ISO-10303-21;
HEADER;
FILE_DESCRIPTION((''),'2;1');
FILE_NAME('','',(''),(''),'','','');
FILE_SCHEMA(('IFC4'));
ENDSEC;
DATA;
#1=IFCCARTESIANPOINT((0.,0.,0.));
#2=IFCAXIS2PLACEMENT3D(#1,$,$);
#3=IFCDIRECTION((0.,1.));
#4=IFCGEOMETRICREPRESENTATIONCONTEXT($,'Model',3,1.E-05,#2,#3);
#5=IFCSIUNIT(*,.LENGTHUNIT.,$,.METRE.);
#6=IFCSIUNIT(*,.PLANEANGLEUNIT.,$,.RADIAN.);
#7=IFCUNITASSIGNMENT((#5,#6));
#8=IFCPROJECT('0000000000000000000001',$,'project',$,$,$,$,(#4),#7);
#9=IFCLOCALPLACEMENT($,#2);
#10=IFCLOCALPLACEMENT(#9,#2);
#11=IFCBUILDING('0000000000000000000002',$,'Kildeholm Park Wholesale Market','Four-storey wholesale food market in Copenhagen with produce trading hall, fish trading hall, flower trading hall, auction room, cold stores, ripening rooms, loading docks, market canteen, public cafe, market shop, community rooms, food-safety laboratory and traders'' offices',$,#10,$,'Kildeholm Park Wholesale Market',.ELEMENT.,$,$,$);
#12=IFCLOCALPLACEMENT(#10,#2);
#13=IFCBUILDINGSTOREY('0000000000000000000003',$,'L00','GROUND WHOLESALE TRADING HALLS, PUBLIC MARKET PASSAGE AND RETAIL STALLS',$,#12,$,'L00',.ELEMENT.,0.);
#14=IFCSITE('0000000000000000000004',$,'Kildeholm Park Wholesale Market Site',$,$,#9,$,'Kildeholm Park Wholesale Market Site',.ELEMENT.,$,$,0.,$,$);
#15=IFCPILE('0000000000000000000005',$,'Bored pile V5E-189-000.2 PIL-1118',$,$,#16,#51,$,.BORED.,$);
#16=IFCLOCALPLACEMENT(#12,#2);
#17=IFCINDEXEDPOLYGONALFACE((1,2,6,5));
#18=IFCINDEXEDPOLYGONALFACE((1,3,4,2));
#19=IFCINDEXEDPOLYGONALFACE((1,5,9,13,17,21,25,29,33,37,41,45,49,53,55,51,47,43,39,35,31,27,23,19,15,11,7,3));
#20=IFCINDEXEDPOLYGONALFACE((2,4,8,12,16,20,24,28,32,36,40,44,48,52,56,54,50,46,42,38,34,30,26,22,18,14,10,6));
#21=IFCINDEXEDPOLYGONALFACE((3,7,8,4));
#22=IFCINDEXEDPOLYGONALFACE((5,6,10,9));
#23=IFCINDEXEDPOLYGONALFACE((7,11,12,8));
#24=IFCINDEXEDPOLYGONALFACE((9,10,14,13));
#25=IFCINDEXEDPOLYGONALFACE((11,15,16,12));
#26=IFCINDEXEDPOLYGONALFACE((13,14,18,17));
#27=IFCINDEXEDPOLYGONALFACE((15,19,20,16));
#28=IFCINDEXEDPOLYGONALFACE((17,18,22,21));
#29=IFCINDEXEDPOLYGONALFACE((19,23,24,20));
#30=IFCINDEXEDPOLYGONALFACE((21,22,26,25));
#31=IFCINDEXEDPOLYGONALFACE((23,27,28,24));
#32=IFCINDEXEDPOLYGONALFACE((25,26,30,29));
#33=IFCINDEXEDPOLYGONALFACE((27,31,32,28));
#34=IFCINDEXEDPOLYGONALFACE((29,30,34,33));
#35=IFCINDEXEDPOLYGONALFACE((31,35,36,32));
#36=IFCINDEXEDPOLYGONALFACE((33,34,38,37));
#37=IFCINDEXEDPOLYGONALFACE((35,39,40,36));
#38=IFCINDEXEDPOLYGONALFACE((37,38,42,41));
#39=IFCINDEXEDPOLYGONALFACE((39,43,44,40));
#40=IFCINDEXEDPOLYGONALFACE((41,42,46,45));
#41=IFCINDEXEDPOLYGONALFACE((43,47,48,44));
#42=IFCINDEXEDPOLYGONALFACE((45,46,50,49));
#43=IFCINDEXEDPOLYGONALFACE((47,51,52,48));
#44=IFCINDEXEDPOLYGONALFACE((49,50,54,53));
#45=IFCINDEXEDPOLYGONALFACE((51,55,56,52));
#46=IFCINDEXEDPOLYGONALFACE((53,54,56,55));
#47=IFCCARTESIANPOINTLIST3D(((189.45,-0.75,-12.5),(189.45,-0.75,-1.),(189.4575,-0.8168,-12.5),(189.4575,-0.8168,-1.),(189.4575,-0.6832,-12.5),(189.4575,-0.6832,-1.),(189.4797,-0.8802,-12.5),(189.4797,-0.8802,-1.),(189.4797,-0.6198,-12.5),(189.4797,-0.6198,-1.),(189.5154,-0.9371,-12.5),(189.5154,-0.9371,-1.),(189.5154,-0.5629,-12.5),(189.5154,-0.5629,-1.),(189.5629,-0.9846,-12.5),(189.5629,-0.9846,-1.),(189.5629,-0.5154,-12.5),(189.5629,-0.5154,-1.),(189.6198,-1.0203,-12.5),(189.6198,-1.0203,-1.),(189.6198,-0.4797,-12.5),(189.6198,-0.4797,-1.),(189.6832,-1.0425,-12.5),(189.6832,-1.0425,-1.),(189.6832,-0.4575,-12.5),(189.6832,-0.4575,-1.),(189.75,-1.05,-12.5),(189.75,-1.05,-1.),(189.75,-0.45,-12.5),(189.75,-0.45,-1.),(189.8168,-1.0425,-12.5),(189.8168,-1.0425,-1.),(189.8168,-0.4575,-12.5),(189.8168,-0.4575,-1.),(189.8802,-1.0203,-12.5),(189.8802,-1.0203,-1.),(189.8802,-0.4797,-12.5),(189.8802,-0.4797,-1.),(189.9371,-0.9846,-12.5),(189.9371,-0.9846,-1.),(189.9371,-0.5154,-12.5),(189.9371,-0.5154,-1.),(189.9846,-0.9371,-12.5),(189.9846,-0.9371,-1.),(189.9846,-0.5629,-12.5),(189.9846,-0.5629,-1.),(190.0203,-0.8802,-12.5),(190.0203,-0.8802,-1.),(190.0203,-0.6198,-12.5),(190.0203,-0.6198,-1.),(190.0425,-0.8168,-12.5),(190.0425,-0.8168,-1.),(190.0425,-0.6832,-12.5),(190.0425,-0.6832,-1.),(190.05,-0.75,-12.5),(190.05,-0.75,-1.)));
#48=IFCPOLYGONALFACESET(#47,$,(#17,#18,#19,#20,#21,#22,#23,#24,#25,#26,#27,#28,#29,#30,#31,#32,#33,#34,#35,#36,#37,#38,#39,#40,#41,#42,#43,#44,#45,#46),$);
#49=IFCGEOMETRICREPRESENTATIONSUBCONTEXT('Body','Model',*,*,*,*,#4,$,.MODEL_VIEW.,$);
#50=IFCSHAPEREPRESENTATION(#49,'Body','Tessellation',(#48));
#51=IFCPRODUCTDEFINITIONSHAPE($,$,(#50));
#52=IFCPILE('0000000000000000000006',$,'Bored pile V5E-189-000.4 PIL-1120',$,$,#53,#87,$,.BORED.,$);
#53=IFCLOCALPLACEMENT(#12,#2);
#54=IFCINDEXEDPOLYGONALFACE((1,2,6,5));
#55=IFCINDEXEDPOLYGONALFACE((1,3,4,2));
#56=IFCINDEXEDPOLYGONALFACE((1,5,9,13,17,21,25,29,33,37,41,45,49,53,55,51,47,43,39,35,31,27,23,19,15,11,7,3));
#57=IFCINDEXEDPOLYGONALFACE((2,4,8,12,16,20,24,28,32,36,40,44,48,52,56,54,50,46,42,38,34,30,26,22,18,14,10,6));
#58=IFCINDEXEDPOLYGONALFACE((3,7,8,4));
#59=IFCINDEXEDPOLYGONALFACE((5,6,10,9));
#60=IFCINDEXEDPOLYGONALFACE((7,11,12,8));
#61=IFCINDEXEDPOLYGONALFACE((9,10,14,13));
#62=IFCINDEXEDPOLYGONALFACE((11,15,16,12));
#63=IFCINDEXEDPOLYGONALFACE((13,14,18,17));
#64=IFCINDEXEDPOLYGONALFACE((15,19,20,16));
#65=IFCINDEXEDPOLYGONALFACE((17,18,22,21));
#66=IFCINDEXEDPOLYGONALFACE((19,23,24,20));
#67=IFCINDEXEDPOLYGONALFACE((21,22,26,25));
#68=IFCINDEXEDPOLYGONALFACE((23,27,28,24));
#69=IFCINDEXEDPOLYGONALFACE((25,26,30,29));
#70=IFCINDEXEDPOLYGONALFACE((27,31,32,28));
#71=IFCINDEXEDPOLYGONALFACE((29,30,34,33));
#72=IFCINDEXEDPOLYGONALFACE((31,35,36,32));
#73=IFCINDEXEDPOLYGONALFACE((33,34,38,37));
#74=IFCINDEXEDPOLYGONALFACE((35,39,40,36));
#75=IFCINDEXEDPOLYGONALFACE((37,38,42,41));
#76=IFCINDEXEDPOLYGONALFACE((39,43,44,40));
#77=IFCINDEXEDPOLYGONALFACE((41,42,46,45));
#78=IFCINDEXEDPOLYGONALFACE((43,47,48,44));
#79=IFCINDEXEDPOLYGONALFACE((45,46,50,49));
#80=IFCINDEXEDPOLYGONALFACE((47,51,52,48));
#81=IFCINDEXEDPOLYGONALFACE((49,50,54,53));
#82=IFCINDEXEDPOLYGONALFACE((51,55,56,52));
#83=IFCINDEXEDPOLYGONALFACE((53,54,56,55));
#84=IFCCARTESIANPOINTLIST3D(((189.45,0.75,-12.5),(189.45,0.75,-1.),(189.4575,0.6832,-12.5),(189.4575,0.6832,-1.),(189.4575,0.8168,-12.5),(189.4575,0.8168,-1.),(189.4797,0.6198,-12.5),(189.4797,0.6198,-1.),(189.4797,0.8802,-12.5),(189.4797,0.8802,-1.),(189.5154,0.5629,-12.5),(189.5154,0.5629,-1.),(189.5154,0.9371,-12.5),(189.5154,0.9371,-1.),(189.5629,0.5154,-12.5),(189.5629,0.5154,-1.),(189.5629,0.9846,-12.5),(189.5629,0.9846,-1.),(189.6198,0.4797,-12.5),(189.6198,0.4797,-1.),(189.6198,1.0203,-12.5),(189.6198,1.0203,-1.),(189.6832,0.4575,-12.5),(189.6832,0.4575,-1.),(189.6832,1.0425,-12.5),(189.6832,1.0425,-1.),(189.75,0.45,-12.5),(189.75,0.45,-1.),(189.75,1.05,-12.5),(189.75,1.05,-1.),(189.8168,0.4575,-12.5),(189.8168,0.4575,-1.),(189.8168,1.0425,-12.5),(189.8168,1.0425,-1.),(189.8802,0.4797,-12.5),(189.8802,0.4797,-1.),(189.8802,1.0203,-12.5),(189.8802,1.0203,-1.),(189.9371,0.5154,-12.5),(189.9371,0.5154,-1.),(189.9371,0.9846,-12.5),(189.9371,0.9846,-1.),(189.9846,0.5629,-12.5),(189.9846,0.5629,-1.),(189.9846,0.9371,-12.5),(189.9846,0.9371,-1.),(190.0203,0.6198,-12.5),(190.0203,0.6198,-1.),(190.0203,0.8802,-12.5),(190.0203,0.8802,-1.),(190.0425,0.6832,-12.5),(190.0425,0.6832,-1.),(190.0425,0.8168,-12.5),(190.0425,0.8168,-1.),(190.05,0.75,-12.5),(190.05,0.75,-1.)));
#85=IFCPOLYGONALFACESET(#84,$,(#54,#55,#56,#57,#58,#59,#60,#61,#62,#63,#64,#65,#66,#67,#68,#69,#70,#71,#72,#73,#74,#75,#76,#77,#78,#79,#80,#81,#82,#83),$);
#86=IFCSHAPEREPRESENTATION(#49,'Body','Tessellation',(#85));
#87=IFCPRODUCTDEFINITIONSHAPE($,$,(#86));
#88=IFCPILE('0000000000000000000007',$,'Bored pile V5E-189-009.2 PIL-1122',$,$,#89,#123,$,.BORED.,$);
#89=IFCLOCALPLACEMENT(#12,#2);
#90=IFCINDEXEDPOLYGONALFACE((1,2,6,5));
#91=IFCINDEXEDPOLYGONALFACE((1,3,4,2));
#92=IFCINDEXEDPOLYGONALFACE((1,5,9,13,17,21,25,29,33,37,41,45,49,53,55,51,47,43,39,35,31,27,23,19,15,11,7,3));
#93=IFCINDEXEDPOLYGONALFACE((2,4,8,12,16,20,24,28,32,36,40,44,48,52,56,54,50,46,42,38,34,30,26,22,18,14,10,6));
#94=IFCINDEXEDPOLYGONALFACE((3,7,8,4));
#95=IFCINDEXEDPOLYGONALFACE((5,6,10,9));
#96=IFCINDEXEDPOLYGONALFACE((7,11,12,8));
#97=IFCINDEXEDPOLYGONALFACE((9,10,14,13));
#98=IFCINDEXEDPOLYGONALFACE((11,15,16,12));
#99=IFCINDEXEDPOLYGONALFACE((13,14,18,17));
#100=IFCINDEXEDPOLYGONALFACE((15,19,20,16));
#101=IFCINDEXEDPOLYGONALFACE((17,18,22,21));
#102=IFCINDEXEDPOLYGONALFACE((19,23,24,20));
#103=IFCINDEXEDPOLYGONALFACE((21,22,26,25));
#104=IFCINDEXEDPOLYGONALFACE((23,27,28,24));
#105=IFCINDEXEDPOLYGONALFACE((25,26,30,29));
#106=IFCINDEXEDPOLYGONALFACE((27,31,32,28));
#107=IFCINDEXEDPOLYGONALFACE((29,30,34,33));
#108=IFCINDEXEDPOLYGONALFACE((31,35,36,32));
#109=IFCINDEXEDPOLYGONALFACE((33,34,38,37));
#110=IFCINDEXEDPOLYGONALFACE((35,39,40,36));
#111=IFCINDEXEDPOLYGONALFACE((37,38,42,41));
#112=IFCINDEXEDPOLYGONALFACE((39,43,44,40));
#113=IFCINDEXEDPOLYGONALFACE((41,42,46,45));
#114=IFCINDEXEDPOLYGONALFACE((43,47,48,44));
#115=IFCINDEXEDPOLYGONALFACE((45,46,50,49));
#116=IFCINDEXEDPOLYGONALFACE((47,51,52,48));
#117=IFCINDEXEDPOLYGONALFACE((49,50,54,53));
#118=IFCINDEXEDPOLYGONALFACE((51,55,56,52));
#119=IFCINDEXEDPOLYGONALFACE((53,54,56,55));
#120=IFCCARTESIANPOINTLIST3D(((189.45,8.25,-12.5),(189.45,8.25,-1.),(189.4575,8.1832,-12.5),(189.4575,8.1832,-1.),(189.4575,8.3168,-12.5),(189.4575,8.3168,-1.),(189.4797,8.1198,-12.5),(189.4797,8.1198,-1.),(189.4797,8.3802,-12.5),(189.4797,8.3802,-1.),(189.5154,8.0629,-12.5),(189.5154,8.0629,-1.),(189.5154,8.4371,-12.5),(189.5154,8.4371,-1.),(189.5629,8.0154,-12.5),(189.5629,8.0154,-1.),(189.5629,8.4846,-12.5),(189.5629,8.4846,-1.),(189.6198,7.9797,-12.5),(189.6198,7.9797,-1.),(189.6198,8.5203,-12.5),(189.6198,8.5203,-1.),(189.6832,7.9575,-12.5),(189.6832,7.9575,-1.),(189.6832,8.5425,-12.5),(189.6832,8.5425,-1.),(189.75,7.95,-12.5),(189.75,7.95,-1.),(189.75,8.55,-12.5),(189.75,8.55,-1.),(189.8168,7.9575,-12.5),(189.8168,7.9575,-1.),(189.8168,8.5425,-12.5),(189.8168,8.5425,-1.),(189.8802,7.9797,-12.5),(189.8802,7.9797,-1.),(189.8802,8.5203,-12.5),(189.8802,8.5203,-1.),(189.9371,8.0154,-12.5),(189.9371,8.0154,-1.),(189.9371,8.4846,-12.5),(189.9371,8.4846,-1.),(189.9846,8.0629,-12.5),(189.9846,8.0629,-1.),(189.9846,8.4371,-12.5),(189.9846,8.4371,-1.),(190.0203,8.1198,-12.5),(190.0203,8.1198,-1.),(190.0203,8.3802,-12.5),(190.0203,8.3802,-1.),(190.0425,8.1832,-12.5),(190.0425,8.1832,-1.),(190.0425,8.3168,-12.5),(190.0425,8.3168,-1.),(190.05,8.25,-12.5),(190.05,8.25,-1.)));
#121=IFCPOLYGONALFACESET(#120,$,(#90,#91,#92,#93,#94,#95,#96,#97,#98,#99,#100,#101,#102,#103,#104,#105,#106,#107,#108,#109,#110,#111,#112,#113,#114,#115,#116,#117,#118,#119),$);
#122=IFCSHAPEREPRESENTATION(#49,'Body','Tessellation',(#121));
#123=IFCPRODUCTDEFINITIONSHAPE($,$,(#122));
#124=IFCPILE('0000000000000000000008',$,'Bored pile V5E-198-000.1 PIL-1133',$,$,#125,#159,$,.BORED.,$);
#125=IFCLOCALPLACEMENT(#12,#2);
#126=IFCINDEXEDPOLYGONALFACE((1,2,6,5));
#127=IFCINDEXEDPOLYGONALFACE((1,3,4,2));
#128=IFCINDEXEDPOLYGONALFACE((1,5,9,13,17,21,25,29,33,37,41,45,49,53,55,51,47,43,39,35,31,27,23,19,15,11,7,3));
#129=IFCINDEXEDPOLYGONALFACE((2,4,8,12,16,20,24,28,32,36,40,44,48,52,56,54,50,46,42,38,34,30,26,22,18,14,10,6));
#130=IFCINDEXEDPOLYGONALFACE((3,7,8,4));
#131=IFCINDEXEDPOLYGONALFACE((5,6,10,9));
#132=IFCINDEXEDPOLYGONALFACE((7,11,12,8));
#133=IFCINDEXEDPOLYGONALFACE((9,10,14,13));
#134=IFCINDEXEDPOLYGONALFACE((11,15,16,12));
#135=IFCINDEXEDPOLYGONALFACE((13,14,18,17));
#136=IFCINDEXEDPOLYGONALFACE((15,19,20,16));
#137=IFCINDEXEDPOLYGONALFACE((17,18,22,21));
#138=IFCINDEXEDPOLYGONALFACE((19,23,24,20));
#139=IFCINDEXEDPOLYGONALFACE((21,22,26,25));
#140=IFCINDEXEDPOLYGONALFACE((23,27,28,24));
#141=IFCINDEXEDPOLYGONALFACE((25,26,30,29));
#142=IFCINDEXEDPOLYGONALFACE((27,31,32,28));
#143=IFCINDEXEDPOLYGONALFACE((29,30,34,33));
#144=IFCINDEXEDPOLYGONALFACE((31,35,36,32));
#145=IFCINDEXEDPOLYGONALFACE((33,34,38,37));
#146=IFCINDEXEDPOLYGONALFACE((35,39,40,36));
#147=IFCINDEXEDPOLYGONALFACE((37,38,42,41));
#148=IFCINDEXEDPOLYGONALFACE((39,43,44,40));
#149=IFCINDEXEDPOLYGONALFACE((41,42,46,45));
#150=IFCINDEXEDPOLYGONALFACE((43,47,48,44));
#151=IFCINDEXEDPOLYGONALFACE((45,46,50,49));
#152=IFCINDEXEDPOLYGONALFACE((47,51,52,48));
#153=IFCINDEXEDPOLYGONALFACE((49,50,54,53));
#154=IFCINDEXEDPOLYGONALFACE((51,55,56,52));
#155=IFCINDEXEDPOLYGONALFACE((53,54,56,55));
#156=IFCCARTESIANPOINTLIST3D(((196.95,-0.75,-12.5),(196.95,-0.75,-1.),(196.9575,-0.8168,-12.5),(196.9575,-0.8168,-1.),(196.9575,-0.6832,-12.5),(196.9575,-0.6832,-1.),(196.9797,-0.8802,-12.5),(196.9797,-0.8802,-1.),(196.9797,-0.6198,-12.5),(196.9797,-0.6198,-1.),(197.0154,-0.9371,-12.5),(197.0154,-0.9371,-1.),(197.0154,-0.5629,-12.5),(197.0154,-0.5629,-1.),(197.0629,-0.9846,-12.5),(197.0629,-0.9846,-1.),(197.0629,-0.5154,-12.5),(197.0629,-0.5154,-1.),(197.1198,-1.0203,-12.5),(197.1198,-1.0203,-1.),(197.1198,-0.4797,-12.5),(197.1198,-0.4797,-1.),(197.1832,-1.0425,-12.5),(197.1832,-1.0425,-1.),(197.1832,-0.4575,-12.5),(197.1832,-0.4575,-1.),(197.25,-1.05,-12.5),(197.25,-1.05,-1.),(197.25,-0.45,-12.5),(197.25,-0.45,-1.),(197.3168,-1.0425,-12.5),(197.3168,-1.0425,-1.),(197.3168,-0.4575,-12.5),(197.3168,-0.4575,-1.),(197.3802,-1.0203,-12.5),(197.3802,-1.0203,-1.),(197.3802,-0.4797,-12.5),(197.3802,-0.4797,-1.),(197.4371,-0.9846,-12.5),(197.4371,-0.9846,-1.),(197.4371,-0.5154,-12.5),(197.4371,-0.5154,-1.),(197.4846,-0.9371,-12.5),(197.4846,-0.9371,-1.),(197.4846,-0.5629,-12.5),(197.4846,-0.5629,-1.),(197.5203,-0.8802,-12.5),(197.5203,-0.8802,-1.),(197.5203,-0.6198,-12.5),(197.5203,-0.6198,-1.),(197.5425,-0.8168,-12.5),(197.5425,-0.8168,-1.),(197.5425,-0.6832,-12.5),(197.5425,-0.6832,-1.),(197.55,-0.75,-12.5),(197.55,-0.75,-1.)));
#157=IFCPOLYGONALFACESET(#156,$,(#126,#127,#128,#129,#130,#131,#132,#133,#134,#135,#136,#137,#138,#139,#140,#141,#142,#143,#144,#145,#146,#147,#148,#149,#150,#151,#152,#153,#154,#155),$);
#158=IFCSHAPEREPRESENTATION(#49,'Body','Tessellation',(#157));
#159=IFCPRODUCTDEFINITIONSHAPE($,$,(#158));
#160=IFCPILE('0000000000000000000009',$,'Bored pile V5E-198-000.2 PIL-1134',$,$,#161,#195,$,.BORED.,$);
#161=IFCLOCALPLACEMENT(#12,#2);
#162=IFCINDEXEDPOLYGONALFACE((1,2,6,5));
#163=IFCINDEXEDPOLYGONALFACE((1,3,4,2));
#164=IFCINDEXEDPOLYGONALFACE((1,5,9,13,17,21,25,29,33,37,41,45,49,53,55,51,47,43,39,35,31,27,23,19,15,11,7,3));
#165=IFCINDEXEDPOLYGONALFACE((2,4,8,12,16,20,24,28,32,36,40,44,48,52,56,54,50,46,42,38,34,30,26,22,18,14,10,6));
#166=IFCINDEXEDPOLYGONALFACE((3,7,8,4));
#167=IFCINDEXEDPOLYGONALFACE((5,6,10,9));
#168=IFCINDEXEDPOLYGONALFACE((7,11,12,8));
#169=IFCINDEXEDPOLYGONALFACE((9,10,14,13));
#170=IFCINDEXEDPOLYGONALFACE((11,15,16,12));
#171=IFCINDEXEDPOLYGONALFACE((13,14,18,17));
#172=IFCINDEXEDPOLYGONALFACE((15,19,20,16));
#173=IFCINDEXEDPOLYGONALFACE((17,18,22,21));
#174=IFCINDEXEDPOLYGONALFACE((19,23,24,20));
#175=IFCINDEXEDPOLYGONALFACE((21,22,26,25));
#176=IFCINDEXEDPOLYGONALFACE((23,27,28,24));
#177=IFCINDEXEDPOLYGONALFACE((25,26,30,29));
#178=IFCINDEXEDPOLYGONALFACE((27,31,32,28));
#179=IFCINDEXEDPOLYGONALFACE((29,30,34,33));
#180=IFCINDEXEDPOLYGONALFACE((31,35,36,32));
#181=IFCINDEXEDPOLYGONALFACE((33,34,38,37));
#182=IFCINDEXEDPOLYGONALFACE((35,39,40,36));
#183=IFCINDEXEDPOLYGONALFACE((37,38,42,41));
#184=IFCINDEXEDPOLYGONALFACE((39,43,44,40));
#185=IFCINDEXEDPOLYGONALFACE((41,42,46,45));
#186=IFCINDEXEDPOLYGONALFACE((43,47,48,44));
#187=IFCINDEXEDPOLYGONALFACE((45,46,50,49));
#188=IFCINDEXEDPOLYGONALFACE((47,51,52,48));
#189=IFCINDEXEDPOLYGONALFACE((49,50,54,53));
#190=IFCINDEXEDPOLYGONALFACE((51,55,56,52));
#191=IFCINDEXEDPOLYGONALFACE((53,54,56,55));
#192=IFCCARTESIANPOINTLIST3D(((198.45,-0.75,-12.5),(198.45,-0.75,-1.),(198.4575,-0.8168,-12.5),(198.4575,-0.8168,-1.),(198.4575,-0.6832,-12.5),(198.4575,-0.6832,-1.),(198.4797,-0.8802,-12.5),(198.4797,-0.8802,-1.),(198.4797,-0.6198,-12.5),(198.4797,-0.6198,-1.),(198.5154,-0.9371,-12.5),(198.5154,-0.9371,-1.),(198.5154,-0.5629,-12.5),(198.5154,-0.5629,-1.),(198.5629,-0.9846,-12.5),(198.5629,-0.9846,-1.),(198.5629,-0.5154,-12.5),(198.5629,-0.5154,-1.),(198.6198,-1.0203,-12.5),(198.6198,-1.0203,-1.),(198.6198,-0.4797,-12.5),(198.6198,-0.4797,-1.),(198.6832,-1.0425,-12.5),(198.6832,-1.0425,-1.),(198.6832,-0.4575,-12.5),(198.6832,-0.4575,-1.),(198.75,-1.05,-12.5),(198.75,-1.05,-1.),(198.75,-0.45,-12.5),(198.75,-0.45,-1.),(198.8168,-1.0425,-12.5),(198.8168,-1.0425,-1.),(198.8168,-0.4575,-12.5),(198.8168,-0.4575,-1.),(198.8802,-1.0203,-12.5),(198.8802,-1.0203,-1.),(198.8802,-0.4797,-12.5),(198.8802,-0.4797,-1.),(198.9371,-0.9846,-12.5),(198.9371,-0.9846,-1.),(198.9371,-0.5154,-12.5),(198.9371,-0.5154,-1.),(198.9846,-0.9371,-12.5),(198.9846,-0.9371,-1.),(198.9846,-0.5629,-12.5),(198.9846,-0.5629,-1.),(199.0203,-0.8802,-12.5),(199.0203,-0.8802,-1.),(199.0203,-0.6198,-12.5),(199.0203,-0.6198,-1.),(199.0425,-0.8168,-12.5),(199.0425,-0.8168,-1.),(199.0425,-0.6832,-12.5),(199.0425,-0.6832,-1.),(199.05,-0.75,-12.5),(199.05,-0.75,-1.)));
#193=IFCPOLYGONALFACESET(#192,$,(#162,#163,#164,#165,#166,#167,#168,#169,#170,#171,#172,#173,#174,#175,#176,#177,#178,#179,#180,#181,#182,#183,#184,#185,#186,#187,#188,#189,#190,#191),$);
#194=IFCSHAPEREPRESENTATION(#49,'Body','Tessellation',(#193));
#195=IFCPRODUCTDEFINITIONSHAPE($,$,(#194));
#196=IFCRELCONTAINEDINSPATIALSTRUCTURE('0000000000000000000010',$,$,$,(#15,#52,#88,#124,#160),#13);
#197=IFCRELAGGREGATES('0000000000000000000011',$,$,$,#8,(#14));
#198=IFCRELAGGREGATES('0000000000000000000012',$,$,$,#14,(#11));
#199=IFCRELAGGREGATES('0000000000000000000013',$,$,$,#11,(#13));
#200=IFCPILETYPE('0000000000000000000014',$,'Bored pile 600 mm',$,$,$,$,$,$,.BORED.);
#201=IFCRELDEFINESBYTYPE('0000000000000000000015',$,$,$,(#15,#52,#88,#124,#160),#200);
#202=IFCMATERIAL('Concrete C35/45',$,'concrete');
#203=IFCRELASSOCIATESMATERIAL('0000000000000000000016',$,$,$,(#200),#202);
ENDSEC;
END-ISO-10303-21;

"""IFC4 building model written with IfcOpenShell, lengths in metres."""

from ifc_helpers import new_model, si_unit, direction, frame, origin, origin_2d, place, context, subcontext, project, spatial, circle, extrude, material, material_profile, profile_set, type_object, element, save


model = new_model("IFC4")

# Units and contexts
model_context = context("Model", 3, precision=1e-05, world=origin(), true_north=direction((0.0, 1.0)))
body_context = subcontext(model_context, "Body", "Model", "MODEL_VIEW")
ifc_project = project(units=[si_unit("LENGTHUNIT", "METRE"), si_unit("PLANEANGLEUNIT", "RADIAN")], contexts=[model_context])

# Site, building, storey
site_placement = place(None, origin())
site = spatial("IfcSite", under=ifc_project, at=site_placement, Name="Kildeholm Park Wholesale Market Site", LongName="Kildeholm Park Wholesale Market Site", CompositionType="ELEMENT", RefElevation=0.0)
building_placement = place(site_placement, origin())
building = spatial("IfcBuilding", under=site, at=building_placement, Name="Kildeholm Park Wholesale Market", Description="Four-storey wholesale food market in Copenhagen with produce trading hall, fish trading hall, flower trading hall, auction room, cold stores, ripening rooms, loading docks, market canteen, public cafe, market shop, community rooms, food-safety laboratory and traders' offices", LongName="Kildeholm Park Wholesale Market", CompositionType="ELEMENT")
storey_placement = place(building_placement, origin())
storey = spatial("IfcBuildingStorey", under=building, at=storey_placement, Name="L00", Description="GROUND WHOLESALE TRADING HALLS, PUBLIC MARKET PASSAGE AND RETAIL STALLS", LongName="L00", CompositionType="ELEMENT", Elevation=0.0)

# Piles
ifc_material_1 = material(Name="Concrete C35/45", Category="concrete")
ifc_material_profile_1 = material_profile(ifc_material_1, circle(Radius=0.3, at=origin_2d()), Name="PILE D600")
ifc_profile_set_1 = profile_set([ifc_material_profile_1], Name="Concrete C35/45")
pile_type = type_object("IfcPileType", Name="Bored pile 600 mm", PredefinedType="BORED", material=ifc_profile_set_1)
for number, where, z_axis, x_axis, name in (
    (1, (189.75, -0.75, -1.0), (0.0, 0.0, -1.0), (1.0, 0.0, 0.0), "Bored pile V5E-189-000.2 PIL-1118"),
    (2, (189.75, 0.75, -1.0), (0.0, 0.0, -1.0), (1.0, 0.0, 0.0), "Bored pile V5E-189-000.4 PIL-1120"),
    (3, (189.75, 8.25, -1.0), (0.0, 0.0, -1.0), (1.0, 0.0, 0.0), "Bored pile V5E-189-009.2 PIL-1122"),
    (4, (197.25, -0.75, -1.0), (0.0, 0.0, -1.0), (1.0, 0.0, 0.0), "Bored pile V5E-198-000.1 PIL-1133"),
    (5, (198.75, -0.75, -1.0), (0.0, 0.0, -1.0), (1.0, 0.0, 0.0), "Bored pile V5E-198-000.2 PIL-1134"),
):
    element("IfcPile", number, at=place(storey_placement, frame(where, z_axis=z_axis, x_axis=x_axis)), inside=storey, type_object=pile_type, Name=name, PredefinedType="BORED", context=body_context, shape_type="SweptSolid", body=[
        extrude(circle(Radius=0.3, at=origin_2d()), origin(), (0.0, 0.0, 1.0), 11.5),
    ])

save(model, "model.ifc")
